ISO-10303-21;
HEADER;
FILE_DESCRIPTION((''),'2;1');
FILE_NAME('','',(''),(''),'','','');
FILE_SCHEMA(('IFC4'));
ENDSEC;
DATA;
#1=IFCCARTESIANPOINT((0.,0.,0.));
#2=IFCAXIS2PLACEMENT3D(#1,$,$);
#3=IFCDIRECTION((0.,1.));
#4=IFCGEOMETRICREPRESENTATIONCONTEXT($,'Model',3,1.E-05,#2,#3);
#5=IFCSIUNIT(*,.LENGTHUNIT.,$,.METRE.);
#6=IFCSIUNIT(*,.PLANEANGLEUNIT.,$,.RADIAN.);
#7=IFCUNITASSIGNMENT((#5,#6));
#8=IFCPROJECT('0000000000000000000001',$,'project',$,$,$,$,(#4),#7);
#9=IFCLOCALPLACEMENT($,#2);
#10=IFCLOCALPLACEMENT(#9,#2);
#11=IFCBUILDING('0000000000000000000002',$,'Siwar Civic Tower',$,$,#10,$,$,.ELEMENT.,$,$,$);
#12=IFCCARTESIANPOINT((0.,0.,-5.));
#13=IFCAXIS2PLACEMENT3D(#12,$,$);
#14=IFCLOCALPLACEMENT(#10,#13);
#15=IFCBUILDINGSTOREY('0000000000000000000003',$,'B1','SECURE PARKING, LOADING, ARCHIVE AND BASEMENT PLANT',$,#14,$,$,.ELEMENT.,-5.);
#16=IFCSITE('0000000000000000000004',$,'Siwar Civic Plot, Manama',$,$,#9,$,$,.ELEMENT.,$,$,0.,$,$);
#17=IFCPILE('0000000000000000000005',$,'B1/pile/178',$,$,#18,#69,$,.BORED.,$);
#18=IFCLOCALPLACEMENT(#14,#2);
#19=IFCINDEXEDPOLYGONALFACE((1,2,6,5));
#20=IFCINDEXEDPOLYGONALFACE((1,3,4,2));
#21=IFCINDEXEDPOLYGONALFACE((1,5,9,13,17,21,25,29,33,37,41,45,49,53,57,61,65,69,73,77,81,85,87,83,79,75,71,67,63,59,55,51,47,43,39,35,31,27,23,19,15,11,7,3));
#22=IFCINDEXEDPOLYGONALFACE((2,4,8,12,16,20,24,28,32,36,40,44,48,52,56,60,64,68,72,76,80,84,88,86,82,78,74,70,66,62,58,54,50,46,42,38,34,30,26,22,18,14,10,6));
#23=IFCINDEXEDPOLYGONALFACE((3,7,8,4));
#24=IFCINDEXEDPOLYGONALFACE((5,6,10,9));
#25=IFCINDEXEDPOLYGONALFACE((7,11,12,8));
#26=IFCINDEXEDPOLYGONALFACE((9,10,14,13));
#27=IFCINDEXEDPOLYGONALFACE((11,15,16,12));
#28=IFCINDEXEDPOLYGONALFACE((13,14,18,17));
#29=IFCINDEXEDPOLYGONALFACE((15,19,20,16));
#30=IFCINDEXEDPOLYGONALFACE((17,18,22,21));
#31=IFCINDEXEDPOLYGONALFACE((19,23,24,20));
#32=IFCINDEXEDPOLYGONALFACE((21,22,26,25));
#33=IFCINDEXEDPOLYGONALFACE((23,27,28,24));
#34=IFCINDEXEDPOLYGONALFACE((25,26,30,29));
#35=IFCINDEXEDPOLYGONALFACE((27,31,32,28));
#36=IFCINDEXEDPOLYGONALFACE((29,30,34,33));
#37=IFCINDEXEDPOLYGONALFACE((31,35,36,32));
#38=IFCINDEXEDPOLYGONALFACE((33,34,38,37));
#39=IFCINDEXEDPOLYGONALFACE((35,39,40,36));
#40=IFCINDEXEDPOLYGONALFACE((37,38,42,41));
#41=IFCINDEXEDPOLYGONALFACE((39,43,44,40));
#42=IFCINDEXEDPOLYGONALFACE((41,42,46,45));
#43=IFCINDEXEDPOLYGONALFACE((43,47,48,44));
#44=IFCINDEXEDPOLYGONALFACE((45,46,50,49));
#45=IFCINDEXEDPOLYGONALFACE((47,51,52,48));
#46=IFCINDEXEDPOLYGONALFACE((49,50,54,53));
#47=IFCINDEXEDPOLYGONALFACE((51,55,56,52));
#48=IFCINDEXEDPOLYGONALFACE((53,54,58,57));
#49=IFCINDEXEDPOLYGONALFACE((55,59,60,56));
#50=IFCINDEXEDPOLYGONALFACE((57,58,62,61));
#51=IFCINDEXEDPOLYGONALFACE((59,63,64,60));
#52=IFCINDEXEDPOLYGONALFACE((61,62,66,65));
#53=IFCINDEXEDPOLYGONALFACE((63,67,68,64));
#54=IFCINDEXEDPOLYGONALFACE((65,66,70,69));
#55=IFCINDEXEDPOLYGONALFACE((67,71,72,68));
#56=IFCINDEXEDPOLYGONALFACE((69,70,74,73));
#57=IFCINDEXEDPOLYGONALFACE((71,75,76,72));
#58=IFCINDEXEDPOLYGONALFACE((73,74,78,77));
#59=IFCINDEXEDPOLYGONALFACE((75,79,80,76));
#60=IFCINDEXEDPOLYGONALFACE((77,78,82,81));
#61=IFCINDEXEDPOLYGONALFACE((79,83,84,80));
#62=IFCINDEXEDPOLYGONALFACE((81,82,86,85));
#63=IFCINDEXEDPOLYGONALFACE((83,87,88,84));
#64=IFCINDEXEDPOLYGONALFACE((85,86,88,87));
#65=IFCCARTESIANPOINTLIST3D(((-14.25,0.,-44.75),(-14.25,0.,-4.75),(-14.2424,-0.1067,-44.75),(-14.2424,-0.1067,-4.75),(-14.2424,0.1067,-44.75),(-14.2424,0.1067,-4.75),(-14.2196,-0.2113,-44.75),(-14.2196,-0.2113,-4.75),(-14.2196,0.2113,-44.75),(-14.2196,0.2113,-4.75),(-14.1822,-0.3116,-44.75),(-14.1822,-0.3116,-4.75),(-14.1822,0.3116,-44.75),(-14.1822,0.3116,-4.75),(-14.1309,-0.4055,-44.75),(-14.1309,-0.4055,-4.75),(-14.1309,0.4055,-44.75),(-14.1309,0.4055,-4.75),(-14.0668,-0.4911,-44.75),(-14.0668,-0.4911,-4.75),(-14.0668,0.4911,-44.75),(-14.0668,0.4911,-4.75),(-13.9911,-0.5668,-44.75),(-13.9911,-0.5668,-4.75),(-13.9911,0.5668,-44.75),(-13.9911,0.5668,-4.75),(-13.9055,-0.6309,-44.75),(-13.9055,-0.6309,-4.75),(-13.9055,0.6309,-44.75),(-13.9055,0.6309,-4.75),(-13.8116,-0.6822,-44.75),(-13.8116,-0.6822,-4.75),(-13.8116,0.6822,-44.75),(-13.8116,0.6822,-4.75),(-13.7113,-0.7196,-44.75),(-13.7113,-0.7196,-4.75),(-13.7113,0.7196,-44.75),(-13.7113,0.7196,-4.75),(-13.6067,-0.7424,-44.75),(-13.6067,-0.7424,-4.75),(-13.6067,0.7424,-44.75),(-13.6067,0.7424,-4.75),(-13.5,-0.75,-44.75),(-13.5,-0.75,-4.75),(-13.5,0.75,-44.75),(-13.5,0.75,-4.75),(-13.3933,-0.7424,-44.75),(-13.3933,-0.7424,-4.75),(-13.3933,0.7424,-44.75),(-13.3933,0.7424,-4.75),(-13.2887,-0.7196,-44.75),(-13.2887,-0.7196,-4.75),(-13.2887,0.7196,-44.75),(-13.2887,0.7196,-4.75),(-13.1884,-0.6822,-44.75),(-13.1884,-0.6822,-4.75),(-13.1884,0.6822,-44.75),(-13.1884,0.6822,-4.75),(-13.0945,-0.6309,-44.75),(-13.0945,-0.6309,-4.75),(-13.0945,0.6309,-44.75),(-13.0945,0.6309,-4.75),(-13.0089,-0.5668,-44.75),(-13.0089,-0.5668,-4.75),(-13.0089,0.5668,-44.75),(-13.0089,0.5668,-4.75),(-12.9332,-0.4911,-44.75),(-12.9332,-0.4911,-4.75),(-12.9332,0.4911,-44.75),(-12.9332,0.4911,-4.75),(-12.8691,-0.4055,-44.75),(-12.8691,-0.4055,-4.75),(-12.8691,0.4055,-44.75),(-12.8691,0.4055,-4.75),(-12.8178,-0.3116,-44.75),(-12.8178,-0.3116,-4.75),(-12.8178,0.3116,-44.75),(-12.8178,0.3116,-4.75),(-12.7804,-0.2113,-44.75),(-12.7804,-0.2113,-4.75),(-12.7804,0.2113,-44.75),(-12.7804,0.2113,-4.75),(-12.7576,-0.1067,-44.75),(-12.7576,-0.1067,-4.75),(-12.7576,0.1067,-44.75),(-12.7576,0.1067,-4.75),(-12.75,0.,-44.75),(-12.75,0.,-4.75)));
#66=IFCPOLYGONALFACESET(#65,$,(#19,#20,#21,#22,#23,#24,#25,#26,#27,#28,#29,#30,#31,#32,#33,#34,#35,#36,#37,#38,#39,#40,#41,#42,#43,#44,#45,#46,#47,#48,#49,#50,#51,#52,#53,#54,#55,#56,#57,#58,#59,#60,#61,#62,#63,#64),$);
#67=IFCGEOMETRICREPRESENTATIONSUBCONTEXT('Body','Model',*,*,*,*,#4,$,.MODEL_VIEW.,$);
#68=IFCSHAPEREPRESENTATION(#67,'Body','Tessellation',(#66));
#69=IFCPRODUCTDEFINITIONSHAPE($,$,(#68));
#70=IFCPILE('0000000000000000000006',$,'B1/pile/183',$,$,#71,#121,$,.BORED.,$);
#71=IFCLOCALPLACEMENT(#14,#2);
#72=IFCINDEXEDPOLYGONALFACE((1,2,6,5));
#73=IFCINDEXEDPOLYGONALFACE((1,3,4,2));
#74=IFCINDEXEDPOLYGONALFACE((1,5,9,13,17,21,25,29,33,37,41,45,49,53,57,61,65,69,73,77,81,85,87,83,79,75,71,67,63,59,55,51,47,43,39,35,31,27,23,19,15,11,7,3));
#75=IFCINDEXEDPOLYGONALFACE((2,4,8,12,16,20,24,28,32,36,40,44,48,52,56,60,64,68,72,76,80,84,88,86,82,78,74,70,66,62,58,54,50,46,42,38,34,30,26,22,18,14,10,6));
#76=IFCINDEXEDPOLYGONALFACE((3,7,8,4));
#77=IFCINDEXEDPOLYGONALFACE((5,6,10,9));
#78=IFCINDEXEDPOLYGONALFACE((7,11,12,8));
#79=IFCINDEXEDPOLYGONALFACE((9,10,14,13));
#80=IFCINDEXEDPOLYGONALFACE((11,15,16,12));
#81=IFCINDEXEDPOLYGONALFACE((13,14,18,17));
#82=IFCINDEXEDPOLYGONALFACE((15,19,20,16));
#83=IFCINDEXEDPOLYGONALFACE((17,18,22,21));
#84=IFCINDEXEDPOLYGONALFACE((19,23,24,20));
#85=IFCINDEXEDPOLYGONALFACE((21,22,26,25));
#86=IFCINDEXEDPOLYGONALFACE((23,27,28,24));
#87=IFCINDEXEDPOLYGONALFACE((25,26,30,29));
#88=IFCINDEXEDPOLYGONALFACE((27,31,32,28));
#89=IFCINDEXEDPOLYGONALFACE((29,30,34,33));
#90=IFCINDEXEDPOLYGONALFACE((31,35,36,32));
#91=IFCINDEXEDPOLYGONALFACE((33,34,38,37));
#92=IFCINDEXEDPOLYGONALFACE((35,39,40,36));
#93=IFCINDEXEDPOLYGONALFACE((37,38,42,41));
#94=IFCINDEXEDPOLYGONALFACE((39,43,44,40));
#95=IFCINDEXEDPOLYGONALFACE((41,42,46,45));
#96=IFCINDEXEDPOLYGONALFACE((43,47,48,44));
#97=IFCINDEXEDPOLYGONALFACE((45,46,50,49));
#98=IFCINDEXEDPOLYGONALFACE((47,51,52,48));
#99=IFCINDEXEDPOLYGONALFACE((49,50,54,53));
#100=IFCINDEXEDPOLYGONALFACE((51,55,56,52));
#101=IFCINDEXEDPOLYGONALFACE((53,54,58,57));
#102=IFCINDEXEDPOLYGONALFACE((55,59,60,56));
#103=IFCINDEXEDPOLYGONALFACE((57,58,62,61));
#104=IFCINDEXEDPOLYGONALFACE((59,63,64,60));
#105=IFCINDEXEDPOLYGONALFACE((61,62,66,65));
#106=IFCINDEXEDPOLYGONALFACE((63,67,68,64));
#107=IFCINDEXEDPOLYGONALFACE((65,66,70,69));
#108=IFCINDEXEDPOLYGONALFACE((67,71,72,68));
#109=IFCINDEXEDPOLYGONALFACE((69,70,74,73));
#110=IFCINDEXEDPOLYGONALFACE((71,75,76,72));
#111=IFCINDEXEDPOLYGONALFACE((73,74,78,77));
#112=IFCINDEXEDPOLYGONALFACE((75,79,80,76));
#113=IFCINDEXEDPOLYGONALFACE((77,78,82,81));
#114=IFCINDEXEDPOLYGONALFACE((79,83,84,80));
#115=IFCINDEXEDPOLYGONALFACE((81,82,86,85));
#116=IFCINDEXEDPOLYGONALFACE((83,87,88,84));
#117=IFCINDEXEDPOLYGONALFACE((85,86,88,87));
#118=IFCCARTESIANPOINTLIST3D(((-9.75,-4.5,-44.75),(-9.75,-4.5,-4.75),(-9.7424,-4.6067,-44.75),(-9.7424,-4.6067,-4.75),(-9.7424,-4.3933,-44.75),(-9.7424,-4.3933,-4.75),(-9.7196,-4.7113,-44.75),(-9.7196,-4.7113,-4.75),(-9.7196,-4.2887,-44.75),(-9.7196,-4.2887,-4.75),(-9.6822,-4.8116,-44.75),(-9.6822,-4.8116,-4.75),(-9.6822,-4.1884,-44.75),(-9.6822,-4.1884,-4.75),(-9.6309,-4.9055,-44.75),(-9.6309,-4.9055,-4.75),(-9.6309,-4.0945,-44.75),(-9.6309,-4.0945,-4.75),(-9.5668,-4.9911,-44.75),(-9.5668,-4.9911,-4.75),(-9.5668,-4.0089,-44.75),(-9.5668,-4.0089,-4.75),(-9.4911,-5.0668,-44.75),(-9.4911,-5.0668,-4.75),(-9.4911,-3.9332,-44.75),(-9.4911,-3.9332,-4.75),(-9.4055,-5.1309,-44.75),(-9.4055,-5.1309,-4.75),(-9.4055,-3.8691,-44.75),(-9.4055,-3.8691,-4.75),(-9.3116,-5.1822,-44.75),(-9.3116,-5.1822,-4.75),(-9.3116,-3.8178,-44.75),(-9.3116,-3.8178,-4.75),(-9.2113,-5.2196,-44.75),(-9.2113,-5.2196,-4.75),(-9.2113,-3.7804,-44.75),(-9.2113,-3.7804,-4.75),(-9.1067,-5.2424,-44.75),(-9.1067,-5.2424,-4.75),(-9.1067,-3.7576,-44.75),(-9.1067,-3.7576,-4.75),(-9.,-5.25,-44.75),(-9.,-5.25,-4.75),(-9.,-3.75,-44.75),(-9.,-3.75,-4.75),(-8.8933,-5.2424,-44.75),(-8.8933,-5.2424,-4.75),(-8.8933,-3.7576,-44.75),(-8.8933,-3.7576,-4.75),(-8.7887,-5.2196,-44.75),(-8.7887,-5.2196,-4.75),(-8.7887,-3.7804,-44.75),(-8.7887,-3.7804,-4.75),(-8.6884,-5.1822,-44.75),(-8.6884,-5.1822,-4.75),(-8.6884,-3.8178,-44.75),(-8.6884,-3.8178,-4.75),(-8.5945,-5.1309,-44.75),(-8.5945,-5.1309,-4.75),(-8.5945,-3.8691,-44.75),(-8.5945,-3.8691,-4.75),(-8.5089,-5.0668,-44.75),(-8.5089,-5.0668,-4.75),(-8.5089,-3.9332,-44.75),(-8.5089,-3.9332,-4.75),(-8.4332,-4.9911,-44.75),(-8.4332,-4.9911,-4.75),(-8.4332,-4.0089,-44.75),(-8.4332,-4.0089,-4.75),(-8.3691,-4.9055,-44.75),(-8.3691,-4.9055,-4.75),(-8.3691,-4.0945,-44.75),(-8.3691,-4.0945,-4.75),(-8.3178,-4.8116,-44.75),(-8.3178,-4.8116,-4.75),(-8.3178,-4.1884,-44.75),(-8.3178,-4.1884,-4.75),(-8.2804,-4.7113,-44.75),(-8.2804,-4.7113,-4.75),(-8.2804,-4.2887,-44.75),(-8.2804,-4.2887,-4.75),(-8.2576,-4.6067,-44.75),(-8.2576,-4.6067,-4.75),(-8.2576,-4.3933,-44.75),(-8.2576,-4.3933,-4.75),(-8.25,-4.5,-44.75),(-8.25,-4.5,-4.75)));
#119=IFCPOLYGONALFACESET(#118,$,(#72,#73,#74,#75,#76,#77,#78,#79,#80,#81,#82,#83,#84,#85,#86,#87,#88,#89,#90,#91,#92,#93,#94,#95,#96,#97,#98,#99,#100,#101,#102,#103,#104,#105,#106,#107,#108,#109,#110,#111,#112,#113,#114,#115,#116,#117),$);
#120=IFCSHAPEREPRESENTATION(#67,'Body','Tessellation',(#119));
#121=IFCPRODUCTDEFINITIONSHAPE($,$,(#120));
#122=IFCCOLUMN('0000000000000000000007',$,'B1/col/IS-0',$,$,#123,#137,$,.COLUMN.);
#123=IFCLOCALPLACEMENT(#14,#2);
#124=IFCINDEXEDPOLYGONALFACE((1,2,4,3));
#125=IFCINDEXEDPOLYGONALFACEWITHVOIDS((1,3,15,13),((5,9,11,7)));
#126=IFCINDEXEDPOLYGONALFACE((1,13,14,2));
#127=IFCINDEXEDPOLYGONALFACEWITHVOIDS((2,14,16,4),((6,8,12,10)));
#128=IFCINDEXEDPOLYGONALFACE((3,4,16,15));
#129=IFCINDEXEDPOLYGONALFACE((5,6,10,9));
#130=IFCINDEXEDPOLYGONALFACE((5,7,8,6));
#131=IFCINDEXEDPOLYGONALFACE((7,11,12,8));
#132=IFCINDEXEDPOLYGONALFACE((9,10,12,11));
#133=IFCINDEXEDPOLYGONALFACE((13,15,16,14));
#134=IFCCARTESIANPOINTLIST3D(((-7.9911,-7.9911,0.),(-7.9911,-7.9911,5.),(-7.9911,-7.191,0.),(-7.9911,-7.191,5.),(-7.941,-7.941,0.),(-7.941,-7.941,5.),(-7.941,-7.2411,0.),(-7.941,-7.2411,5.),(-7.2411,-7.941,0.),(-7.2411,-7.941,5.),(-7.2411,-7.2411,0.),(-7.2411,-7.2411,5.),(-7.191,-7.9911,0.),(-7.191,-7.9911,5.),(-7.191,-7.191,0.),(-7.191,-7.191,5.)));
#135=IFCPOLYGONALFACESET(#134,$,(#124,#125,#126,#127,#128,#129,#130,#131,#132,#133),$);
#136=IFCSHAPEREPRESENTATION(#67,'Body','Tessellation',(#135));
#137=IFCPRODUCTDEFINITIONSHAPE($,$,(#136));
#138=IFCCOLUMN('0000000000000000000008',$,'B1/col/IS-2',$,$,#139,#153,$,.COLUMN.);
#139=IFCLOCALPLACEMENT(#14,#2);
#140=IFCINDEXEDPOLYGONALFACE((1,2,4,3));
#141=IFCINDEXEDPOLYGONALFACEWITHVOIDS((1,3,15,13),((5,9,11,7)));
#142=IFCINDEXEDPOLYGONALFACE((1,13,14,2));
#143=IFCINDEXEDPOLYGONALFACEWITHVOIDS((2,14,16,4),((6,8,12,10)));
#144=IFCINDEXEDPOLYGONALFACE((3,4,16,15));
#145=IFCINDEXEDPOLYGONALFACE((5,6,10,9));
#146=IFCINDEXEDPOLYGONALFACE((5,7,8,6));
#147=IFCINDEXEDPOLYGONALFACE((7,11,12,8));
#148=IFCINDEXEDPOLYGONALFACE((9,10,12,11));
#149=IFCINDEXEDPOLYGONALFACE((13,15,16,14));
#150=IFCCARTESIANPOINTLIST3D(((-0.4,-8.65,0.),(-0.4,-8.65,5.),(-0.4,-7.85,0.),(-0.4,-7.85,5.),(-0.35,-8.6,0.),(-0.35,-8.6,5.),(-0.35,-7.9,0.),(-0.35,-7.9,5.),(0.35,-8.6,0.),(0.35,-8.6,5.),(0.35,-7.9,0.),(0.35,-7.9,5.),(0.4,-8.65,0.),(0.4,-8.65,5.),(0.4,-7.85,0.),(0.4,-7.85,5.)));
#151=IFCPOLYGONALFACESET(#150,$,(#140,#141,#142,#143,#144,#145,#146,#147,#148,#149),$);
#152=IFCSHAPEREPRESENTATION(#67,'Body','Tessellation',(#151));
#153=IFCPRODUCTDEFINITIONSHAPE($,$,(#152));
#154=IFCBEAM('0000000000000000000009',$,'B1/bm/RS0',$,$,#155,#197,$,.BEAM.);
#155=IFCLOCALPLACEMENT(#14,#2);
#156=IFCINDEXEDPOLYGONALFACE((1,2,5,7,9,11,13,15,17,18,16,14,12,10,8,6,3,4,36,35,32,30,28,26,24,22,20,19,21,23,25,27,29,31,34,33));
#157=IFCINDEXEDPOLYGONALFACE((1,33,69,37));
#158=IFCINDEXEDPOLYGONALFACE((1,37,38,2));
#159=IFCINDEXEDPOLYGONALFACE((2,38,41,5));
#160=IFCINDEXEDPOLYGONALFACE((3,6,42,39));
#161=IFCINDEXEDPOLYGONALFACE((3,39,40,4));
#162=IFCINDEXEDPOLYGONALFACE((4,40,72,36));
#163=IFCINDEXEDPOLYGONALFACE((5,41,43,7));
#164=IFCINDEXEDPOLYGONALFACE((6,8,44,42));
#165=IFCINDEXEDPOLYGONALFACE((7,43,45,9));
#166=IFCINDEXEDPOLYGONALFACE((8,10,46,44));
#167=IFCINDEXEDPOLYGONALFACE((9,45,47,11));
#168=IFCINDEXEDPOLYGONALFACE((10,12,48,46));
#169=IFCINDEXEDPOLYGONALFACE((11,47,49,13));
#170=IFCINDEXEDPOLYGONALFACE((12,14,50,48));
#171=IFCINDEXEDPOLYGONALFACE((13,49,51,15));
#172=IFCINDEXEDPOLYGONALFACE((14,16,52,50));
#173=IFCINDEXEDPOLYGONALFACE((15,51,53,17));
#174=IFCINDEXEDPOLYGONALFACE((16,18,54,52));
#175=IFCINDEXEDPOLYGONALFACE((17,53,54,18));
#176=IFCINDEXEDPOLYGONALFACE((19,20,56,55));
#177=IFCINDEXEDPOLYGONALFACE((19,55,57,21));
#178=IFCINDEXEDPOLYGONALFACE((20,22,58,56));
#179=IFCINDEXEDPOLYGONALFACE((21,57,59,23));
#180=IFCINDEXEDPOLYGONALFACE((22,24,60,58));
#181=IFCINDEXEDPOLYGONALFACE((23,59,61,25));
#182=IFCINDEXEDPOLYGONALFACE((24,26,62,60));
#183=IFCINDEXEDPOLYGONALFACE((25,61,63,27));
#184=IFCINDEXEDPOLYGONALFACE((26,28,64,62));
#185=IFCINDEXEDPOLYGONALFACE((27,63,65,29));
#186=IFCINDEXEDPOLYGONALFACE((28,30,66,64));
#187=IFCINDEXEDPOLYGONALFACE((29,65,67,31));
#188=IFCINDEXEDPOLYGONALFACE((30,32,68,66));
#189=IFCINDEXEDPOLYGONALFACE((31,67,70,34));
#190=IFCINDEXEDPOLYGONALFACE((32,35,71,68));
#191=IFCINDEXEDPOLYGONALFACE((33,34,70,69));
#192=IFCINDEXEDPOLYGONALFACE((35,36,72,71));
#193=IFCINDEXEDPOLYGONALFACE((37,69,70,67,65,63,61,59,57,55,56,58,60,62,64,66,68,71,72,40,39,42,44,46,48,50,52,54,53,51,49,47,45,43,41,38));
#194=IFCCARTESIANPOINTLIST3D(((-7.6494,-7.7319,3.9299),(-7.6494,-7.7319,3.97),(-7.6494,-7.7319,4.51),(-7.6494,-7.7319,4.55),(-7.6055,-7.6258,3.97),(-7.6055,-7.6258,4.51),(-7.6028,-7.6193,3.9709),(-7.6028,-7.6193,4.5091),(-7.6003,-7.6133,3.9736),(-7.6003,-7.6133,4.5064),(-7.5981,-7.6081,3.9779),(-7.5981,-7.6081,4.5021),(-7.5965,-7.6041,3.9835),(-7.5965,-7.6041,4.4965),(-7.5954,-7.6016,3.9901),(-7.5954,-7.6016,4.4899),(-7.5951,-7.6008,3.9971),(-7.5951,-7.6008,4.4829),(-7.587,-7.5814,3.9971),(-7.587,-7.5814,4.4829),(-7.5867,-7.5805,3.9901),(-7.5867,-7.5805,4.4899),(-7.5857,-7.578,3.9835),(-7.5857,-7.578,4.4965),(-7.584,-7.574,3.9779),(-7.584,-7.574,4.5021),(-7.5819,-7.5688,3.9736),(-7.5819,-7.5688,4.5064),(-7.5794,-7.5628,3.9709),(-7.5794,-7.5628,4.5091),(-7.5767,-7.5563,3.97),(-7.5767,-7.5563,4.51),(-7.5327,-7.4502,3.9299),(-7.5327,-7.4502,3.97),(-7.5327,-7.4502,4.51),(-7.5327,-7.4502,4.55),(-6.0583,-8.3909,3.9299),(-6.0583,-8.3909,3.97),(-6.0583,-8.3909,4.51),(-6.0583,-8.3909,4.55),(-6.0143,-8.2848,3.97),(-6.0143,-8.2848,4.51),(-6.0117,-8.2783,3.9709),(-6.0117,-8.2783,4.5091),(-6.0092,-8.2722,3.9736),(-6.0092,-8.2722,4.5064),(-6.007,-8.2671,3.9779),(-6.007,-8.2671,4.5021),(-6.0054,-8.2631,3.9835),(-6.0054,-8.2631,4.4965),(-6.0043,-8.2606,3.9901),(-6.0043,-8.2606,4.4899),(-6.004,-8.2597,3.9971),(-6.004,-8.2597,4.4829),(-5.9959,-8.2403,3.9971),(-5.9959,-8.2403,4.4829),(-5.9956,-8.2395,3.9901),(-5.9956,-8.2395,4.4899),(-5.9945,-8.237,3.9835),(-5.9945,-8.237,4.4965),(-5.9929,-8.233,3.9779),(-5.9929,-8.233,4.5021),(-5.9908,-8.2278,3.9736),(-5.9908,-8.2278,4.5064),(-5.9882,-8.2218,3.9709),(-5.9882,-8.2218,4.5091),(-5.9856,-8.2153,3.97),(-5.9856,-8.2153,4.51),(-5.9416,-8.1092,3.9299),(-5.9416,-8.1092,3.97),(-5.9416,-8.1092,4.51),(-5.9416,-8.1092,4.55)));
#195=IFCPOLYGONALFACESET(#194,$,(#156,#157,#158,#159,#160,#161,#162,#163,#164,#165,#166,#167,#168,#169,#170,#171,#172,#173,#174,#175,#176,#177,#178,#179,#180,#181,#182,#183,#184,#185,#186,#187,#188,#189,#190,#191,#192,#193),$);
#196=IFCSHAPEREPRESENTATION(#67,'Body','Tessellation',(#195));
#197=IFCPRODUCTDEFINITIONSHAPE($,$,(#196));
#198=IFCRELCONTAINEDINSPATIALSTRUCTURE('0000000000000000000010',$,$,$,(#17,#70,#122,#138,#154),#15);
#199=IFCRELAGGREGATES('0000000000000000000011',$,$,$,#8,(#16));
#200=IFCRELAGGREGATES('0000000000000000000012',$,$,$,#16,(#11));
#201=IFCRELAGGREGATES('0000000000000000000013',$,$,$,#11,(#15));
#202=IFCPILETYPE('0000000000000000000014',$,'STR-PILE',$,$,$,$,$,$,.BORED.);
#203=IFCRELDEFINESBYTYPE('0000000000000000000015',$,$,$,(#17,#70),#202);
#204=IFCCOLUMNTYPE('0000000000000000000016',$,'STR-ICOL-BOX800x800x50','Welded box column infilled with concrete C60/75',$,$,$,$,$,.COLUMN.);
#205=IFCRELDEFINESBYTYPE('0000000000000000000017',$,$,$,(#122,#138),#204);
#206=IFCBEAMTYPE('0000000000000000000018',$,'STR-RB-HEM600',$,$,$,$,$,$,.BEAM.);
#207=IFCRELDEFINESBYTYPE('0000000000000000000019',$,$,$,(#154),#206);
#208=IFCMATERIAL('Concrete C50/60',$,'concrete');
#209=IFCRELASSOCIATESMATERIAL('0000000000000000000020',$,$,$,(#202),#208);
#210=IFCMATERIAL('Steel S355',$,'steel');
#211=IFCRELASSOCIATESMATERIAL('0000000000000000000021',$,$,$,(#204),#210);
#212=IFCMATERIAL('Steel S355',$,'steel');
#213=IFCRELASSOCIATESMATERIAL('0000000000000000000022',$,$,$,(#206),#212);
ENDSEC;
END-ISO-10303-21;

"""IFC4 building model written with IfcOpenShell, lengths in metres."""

from ifc_helpers import new_model, si_unit, direction, frame, origin, origin_2d, place, context, subcontext, project, spatial, hollow_rectangle, circle, i_section, extrude, material, material_profile, profile_set, type_object, element, save


model = new_model("IFC4")

# Units and contexts
model_context = context("Model", 3, precision=1e-05, world=origin(), true_north=direction((0.0, 1.0)))
body_context = subcontext(model_context, "Body", "Model", "MODEL_VIEW")
ifc_project = project(units=[si_unit("LENGTHUNIT", "METRE"), si_unit("PLANEANGLEUNIT", "RADIAN")], contexts=[model_context])

# Site, building, storey
site_placement = place(None, origin())
site = spatial("IfcSite", under=ifc_project, at=site_placement, Name="Siwar Civic Plot, Manama", CompositionType="ELEMENT", RefElevation=0.0)
building_placement = place(site_placement, origin())
building = spatial("IfcBuilding", under=site, at=building_placement, Name="Siwar Civic Tower", CompositionType="ELEMENT")
storey_placement = place(building_placement, frame((0.0, 0.0, -5.0)))
storey = spatial("IfcBuildingStorey", under=building, at=storey_placement, Name="B1", Description="SECURE PARKING, LOADING, ARCHIVE AND BASEMENT PLANT", CompositionType="ELEMENT", Elevation=-5.0)

# Piles
ifc_material_1 = material(Name="Concrete C50/60", Category="concrete")
ifc_material_profile_1 = material_profile(ifc_material_1, circle(Radius=0.75, at=origin_2d()), Name="PILE1500")
ifc_profile_set_1 = profile_set([ifc_material_profile_1], Name="Concrete C50/60")
pile_type = type_object("IfcPileType", Name="STR-PILE", PredefinedType="BORED", material=ifc_profile_set_1)
for number, where, z_axis, x_axis, name in (
    (1, (-13.5, 0.0, -4.75), (0.0, 0.0, -1.0), (1.0, 0.0, 0.0), "B1/pile/178"),
    (2, (-9.0, -4.5, -4.75), (0.0, 0.0, -1.0), (1.0, 0.0, 0.0), "B1/pile/183"),
):
    element("IfcPile", number, at=place(storey_placement, frame(where, z_axis=z_axis, x_axis=x_axis)), inside=storey, type_object=pile_type, Name=name, PredefinedType="BORED", context=body_context, shape_type="SweptSolid", body=[
        extrude(circle(Radius=0.75, at=origin_2d()), origin(), (0.0, 0.0, 1.0), 40.0),
    ])

# Columns
ifc_material_2 = material(Name="Steel S355", Category="steel")
ifc_material_profile_2 = material_profile(ifc_material_2, hollow_rectangle(XDim=0.8, YDim=0.8, WallThickness=0.05, at=origin_2d()), Name="BOX800x800x50")
ifc_profile_set_2 = profile_set([ifc_material_profile_2], Name="Steel S355")
column_type = type_object("IfcColumnType", Name="STR-ICOL-BOX800x800x50", Description="Welded box column infilled with concrete C60/75", PredefinedType="COLUMN", material=ifc_profile_set_2)
for number, where, z_axis, x_axis, name in (
    (3, (-7.5911, -7.5911, 0.0), (0.0, 0.0, 1.0), (1.0, 0.0, 0.0), "B1/col/IS-0"),
    (4, (0.0, -8.25, 0.0), (0.0, 0.0, 1.0), (1.0, 0.0, 0.0), "B1/col/IS-2"),
):
    element("IfcColumn", number, at=place(storey_placement, frame(where, z_axis=z_axis, x_axis=x_axis)), inside=storey, type_object=column_type, Name=name, PredefinedType="COLUMN", context=body_context, shape_type="SweptSolid", body=[
        extrude(hollow_rectangle(XDim=0.8, YDim=0.8, WallThickness=0.05, at=origin_2d()), origin(), (0.0, 0.0, 1.0), 5.0),
    ])

# Beam
ifc_material_3 = material(Name="Steel S355", Category="steel")
ifc_material_profile_3 = material_profile(ifc_material_3, i_section(OverallWidth=0.3049, OverallDepth=0.6201, WebThickness=0.021, FlangeThickness=0.04, FilletRadius=0.0271, at=origin_2d()), Name="HEM600")
ifc_profile_set_3 = profile_set([ifc_material_profile_3], Name="Steel S355")
beam_type = type_object("IfcBeamType", Name="STR-RB-HEM600", PredefinedType="BEAM", material=ifc_profile_set_3)
beam_1_placement = place(storey_placement, frame((-7.5911, -7.5911, 4.24), z_axis=(0.923901, -0.382631, 0.0), x_axis=(0.382631, 0.923901, 0.0)))
element("IfcBeam", 5, at=beam_1_placement, inside=storey, type_object=beam_type, Name="B1/bm/RS0", PredefinedType="BEAM", context=body_context, shape_type="SweptSolid", body=[
    extrude(i_section(OverallWidth=0.3049, OverallDepth=0.6201, WebThickness=0.021, FlangeThickness=0.04, FilletRadius=0.0271, at=origin_2d()), origin(), (0.0, 0.0, 1.0), 1.7222),
])

save(model, "model.ifc")
